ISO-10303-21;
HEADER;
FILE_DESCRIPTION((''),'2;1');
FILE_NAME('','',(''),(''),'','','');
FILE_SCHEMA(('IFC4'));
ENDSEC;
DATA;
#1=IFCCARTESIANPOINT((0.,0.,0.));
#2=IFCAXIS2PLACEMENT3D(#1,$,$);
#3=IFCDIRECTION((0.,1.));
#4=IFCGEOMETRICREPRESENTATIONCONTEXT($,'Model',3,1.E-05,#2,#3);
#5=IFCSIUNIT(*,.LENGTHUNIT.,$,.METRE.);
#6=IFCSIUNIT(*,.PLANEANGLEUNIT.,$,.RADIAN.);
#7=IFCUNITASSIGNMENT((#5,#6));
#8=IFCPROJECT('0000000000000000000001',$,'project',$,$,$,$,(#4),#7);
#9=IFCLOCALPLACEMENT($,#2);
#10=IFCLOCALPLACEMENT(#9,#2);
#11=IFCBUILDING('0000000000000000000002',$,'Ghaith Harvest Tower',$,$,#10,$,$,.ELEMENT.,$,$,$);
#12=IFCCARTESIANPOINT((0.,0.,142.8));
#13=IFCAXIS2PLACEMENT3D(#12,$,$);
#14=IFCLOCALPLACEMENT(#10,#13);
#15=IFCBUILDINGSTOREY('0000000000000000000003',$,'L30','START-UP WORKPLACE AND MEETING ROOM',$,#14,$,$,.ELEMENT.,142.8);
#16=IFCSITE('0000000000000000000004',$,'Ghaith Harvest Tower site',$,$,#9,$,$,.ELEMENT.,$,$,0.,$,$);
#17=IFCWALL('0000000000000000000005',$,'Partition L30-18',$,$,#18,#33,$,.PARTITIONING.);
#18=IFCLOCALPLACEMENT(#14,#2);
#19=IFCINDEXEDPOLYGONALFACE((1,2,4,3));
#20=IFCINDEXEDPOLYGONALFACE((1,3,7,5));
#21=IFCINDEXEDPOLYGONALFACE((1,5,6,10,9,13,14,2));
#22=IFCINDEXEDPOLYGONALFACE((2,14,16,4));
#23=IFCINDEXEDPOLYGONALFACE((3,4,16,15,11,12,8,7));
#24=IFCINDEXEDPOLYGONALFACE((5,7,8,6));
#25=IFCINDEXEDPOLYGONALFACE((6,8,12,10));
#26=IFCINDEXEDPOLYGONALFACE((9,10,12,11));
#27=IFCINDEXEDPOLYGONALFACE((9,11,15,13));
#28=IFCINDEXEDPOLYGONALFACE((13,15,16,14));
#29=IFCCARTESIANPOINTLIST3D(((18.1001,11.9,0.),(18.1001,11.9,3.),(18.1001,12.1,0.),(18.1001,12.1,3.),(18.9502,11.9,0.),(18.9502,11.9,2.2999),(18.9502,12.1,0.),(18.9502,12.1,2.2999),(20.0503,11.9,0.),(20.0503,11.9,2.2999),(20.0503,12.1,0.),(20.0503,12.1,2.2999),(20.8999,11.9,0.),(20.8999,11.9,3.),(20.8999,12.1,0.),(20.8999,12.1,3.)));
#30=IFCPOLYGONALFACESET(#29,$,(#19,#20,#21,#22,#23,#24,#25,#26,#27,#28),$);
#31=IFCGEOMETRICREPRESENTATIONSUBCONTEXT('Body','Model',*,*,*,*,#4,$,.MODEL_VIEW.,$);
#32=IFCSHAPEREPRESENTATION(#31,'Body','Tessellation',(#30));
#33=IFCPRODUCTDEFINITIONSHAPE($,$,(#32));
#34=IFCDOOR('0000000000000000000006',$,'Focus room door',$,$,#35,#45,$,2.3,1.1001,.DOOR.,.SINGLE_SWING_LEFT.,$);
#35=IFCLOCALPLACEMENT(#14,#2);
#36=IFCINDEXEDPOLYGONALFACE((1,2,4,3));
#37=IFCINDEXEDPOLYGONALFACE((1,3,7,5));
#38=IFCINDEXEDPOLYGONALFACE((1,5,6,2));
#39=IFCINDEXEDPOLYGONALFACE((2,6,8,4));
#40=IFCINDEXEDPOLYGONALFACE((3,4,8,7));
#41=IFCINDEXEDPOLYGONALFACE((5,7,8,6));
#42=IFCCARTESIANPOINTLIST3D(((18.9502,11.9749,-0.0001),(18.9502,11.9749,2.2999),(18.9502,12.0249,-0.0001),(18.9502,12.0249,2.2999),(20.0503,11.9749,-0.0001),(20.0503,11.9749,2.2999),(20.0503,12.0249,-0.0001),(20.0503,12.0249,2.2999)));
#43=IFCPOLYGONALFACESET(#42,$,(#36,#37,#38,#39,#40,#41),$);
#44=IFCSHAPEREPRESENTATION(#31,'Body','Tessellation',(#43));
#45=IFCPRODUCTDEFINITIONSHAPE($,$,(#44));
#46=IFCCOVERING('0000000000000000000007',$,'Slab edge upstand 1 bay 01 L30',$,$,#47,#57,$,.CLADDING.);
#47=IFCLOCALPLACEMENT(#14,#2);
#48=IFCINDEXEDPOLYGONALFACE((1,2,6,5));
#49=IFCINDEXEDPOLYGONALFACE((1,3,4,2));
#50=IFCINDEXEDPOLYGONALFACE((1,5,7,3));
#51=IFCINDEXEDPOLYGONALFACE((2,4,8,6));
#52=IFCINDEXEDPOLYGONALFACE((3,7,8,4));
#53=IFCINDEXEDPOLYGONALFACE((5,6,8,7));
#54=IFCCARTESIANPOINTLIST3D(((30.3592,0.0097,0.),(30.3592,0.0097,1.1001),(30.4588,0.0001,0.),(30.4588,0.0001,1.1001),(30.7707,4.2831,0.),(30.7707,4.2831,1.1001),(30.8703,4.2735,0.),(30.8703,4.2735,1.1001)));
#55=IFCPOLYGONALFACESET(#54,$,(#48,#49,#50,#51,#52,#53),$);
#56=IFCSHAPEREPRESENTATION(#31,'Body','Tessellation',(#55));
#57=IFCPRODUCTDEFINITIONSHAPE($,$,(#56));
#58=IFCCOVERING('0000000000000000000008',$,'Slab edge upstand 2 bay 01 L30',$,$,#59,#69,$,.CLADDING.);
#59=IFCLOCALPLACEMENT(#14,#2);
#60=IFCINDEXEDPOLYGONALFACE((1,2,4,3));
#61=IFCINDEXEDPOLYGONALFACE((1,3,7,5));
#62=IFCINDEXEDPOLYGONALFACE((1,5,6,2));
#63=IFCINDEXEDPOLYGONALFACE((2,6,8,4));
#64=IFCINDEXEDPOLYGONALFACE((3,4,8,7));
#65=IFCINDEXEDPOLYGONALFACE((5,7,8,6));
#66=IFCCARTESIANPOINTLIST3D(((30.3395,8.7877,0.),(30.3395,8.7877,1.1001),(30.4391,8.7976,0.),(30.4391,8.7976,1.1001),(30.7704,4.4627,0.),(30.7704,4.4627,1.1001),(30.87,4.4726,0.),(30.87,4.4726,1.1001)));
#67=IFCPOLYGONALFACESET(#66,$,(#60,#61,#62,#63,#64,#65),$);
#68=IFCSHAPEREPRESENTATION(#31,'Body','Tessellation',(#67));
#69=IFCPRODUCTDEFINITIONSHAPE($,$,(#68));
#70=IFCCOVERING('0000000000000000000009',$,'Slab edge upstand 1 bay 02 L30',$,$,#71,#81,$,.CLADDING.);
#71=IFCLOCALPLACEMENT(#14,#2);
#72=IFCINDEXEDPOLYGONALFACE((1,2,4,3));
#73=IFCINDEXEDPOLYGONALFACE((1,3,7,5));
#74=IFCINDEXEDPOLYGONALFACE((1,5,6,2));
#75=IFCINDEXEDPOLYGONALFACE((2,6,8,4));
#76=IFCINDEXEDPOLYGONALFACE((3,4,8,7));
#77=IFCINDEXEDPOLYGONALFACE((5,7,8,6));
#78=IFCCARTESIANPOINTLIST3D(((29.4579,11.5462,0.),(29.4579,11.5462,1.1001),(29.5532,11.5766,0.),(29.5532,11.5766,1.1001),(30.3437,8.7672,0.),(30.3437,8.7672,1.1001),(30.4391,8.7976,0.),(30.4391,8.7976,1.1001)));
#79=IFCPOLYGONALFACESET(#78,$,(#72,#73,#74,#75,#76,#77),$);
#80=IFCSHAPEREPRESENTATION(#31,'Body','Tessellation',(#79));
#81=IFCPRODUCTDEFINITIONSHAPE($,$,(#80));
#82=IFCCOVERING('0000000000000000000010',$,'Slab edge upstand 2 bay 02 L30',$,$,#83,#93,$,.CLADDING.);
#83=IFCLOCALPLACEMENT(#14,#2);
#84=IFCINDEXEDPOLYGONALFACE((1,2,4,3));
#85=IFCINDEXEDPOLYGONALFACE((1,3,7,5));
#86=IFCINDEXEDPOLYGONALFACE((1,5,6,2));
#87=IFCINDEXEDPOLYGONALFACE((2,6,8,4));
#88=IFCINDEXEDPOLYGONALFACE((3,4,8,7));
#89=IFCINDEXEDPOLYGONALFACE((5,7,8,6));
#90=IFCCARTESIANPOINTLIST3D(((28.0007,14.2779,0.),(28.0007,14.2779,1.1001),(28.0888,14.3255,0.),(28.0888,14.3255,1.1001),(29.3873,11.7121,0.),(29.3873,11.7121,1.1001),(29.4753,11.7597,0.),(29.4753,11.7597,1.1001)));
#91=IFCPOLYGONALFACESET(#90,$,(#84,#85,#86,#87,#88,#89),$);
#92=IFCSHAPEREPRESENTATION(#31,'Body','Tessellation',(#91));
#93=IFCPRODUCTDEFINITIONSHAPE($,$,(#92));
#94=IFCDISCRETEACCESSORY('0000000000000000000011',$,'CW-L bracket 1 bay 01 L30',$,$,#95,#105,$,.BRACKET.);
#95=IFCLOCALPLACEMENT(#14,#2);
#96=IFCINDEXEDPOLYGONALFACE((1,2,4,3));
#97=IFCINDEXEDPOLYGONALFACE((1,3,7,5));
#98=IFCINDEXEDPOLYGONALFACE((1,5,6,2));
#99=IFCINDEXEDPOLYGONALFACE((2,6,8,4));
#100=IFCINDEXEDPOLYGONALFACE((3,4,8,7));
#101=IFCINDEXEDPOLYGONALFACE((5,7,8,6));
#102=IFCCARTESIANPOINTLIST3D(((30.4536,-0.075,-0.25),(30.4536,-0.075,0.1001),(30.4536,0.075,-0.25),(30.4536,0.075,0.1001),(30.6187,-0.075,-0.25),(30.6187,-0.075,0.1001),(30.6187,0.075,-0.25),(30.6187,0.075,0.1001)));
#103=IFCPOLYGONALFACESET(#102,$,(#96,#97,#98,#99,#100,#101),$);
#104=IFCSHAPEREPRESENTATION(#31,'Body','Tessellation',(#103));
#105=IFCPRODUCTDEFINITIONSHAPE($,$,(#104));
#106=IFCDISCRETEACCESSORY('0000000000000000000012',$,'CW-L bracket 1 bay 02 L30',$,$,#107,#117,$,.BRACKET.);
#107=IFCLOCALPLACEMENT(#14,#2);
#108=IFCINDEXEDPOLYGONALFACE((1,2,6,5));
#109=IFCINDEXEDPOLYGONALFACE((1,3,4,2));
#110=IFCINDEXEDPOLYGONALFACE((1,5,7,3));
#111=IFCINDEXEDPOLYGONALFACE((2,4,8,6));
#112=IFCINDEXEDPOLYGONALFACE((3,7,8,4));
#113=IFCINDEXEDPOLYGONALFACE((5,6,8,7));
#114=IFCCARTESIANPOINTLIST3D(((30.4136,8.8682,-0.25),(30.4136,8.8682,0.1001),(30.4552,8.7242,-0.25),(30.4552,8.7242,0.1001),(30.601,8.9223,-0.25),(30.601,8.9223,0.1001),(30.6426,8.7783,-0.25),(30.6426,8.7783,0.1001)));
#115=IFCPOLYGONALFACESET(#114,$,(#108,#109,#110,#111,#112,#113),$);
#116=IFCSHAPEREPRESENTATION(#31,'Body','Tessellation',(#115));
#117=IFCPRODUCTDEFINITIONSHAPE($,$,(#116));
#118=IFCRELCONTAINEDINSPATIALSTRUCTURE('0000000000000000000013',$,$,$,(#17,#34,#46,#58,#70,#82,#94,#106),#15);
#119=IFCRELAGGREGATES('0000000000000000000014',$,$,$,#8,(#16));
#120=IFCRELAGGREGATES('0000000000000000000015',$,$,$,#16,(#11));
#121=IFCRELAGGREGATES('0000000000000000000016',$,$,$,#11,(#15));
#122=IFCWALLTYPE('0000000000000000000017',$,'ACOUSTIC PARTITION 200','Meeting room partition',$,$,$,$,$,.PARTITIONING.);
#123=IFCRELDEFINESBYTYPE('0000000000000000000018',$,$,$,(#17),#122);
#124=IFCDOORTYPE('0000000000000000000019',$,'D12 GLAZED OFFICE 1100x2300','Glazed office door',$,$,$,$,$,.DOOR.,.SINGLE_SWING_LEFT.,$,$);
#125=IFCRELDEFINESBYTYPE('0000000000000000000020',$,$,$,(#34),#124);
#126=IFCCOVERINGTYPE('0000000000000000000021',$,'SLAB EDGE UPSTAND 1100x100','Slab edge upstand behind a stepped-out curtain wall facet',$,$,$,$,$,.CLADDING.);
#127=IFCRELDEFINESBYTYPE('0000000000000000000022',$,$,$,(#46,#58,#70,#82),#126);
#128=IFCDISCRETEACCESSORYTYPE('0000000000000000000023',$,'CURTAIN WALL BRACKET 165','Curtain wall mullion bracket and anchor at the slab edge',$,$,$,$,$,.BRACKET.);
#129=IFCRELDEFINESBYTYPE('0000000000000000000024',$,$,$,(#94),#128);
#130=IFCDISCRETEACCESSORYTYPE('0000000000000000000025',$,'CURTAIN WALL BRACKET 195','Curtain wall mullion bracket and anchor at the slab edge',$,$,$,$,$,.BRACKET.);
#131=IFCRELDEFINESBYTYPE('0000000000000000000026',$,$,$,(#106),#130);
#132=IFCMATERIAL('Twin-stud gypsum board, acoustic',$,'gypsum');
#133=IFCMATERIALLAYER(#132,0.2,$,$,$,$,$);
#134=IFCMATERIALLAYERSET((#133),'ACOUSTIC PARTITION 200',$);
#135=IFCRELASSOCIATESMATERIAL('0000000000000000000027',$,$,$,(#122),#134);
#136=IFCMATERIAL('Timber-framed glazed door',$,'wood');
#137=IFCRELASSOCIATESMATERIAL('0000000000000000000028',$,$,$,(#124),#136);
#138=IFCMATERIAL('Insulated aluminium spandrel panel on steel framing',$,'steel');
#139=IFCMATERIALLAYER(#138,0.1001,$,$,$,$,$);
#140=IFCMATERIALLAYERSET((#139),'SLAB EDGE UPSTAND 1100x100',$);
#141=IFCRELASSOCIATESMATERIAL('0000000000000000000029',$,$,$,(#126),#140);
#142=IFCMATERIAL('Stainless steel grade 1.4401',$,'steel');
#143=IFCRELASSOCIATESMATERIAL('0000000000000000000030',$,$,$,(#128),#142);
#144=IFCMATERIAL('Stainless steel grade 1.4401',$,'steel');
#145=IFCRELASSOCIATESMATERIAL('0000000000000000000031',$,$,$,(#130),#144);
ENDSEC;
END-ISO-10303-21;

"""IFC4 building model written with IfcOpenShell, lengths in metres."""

from ifc_helpers import new_model, si_unit, direction, frame, frame_2d, origin, origin_2d, place, context, subcontext, project, spatial, rectangle, extrude, material, layer, layer_set, type_object, element, fill, save


model = new_model("IFC4")

# Units and contexts
model_context = context("Model", 3, precision=1e-05, world=origin(), true_north=direction((0.0, 1.0)))
body_context = subcontext(model_context, "Body", "Model", "MODEL_VIEW")
ifc_project = project(units=[si_unit("LENGTHUNIT", "METRE"), si_unit("PLANEANGLEUNIT", "RADIAN")], contexts=[model_context])

# Site, building, storey
site_placement = place(None, origin())
site = spatial("IfcSite", under=ifc_project, at=site_placement, Name="Ghaith Harvest Tower site", CompositionType="ELEMENT", RefElevation=0.0)
building_placement = place(site_placement, origin())
building = spatial("IfcBuilding", under=site, at=building_placement, Name="Ghaith Harvest Tower", CompositionType="ELEMENT")
storey_placement = place(building_placement, frame((0.0, 0.0, 142.8)))
storey = spatial("IfcBuildingStorey", under=building, at=storey_placement, Name="L30", Description="START-UP WORKPLACE AND MEETING ROOM", CompositionType="ELEMENT", Elevation=142.8)

# Shared definitions
ifc_material_1 = material(Name="Twin-stud gypsum board, acoustic", Category="gypsum")
ifc_layer_1 = layer(ifc_material_1, 0.2)
ifc_layer_set_1 = layer_set([ifc_layer_1], Name="ACOUSTIC PARTITION 200")
wall_type_1 = type_object("IfcWallType", Name="ACOUSTIC PARTITION 200", Description="Meeting room partition", PredefinedType="PARTITIONING", material=ifc_layer_set_1)

# Wall, opening, door
ifc_material_2 = material(Name="Timber-framed glazed door", Category="wood")
door_type_1 = type_object("IfcDoorType", Name="D12 GLAZED OFFICE 1100x2300", Description="Glazed office door", OperationType="SINGLE_SWING_LEFT", PredefinedType="DOOR", material=ifc_material_2)
wall_1_placement = place(storey_placement, frame((18.1001, 12.0, 0.0), z_axis=(0.0, 0.0, 1.0), x_axis=(1.0, 0.0, 0.0)))
wall_1 = element("IfcWall", 1, at=wall_1_placement, inside=storey, type_object=wall_type_1, Name="Partition L30-18", PredefinedType="PARTITIONING", context=body_context, shape_type="SweptSolid", body=[
    extrude(rectangle(XDim=2.7998, YDim=0.2, at=frame_2d((1.3999, 0.0))), origin(), (0.0, 0.0, 1.0), 3.0),
])
opening_1_placement = place(wall_1_placement, frame((0.8501, 0.0, 0.0)))
opening_1 = element("IfcOpeningElement", 2, at=opening_1_placement, cuts=wall_1, PredefinedType="OPENING", context=body_context, shape_type="SweptSolid", body=[
    extrude(rectangle(XDim=1.1001, YDim=2.3, at=frame_2d((0.55, 1.1499))), frame((0.0, 0.1099, 0.0), z_axis=(0.0, -1.0, 0.0), x_axis=(1.0, 0.0, 0.0)), (0.0, 0.0, 1.0), 0.22),
])
door_1_placement = place(opening_1_placement, origin())
door_1 = element("IfcDoor", 3, at=door_1_placement, inside=storey, type_object=door_type_1, Name="Focus room door", OperationType="SINGLE_SWING_LEFT", OverallHeight=2.3, OverallWidth=1.1001, PredefinedType="DOOR", context=body_context, shape_type="SweptSolid", body=[
    extrude(rectangle(XDim=1.1001, YDim=2.3, at=frame_2d((0.55, 1.1499))), frame((0.0, 0.0249, 0.0), z_axis=(0.0, -1.0, 0.0), x_axis=(1.0, 0.0, 0.0)), (0.0, 0.0, 1.0), 0.05),
])
fill(opening_1, door_1)

# Coverings
ifc_material_3 = material(Name="Insulated aluminium spandrel panel on steel framing", Category="steel")
ifc_layer_2 = layer(ifc_material_3, 0.1001)
ifc_layer_set_2 = layer_set([ifc_layer_2], Name="SLAB EDGE UPSTAND 1100x100")
covering_type = type_object("IfcCoveringType", Name="SLAB EDGE UPSTAND 1100x100", Description="Slab edge upstand behind a stepped-out curtain wall facet", PredefinedType="CLADDING", material=ifc_layer_set_2)
covering_1_placement = place(storey_placement, frame((30.6147, 2.1416, 0.0), z_axis=(0.0, 0.0, 1.0), x_axis=(0.095861, 0.995395, 0.0)))
element("IfcCovering", 4, at=covering_1_placement, inside=storey, type_object=covering_type, Name="Slab edge upstand 1 bay 01 L30", PredefinedType="CLADDING", context=body_context, shape_type="SweptSolid", body=[
    extrude(rectangle(XDim=4.2932, YDim=0.1001, at=origin_2d()), origin(), (0.0, 0.0, 1.0), 1.1001),
])
covering_2_placement = place(storey_placement, frame((30.6047, 6.6301, 0.0), z_axis=(0.0, 0.0, 1.0), x_axis=(-0.099132, 0.995074, 0.0)))
element("IfcCovering", 5, at=covering_2_placement, inside=storey, type_object=covering_type, Name="Slab edge upstand 2 bay 01 L30", PredefinedType="CLADDING", context=body_context, shape_type="SweptSolid", body=[
    extrude(rectangle(XDim=4.3464, YDim=0.1001, at=origin_2d()), origin(), (0.0, 0.0, 1.0), 1.1001),
])
covering_3_placement = place(storey_placement, frame((29.9485, 10.1719, 0.0), z_axis=(0.0, 0.0, 1.0), x_axis=(-0.303717, 0.952762, 0.0)))
element("IfcCovering", 6, at=covering_3_placement, inside=storey, type_object=covering_type, Name="Slab edge upstand 1 bay 02 L30", PredefinedType="CLADDING", context=body_context, shape_type="SweptSolid", body=[
    extrude(rectangle(XDim=2.9167, YDim=0.1001, at=origin_2d()), origin(), (0.0, 0.0, 1.0), 1.1001),
])
covering_4_placement = place(storey_placement, frame((28.738, 13.0188, 0.0), z_axis=(0.0, 0.0, 1.0), x_axis=(-0.475409, 0.879765, 0.0)))
element("IfcCovering", 7, at=covering_4_placement, inside=storey, type_object=covering_type, Name="Slab edge upstand 2 bay 02 L30", PredefinedType="CLADDING", context=body_context, shape_type="SweptSolid", body=[
    extrude(rectangle(XDim=2.9165, YDim=0.1001, at=origin_2d()), origin(), (0.0, 0.0, 1.0), 1.1001),
])

# Discrete accessories
ifc_material_4 = material(Name="Stainless steel grade 1.4401", Category="steel")
discrete_accessory_type_1 = type_object("IfcDiscreteAccessoryType", Name="CURTAIN WALL BRACKET 165", Description="Curtain wall mullion bracket and anchor at the slab edge", PredefinedType="BRACKET", material=ifc_material_4)
discrete_accessory_1_placement = place(storey_placement, frame((30.5361, 0.0, -0.25), z_axis=(0.0, 0.0, 1.0), x_axis=(1.0, 0.0, 0.0)))
element("IfcDiscreteAccessory", 8, at=discrete_accessory_1_placement, inside=storey, type_object=discrete_accessory_type_1, Name="CW-L bracket 1 bay 01 L30", PredefinedType="BRACKET", context=body_context, shape_type="SweptSolid", body=[
    extrude(rectangle(XDim=0.165, YDim=0.1499, at=origin_2d()), origin(), (0.0, 0.0, 1.0), 0.3501),
])
ifc_material_5 = material(Name="Stainless steel grade 1.4401", Category="steel")
discrete_accessory_type_2 = type_object("IfcDiscreteAccessoryType", Name="CURTAIN WALL BRACKET 195", Description="Curtain wall mullion bracket and anchor at the slab edge", PredefinedType="BRACKET", material=ifc_material_5)
discrete_accessory_2_placement = place(storey_placement, frame((30.5281, 8.8232, -0.25), z_axis=(0.0, 0.0, 1.0), x_axis=(0.96068, 0.277657, 0.0)))
element("IfcDiscreteAccessory", 9, at=discrete_accessory_2_placement, inside=storey, type_object=discrete_accessory_type_2, Name="CW-L bracket 1 bay 02 L30", PredefinedType="BRACKET", context=body_context, shape_type="SweptSolid", body=[
    extrude(rectangle(XDim=0.1951, YDim=0.1499, at=origin_2d()), origin(), (0.0, 0.0, 1.0), 0.3501),
])

save(model, "model.ifc")
